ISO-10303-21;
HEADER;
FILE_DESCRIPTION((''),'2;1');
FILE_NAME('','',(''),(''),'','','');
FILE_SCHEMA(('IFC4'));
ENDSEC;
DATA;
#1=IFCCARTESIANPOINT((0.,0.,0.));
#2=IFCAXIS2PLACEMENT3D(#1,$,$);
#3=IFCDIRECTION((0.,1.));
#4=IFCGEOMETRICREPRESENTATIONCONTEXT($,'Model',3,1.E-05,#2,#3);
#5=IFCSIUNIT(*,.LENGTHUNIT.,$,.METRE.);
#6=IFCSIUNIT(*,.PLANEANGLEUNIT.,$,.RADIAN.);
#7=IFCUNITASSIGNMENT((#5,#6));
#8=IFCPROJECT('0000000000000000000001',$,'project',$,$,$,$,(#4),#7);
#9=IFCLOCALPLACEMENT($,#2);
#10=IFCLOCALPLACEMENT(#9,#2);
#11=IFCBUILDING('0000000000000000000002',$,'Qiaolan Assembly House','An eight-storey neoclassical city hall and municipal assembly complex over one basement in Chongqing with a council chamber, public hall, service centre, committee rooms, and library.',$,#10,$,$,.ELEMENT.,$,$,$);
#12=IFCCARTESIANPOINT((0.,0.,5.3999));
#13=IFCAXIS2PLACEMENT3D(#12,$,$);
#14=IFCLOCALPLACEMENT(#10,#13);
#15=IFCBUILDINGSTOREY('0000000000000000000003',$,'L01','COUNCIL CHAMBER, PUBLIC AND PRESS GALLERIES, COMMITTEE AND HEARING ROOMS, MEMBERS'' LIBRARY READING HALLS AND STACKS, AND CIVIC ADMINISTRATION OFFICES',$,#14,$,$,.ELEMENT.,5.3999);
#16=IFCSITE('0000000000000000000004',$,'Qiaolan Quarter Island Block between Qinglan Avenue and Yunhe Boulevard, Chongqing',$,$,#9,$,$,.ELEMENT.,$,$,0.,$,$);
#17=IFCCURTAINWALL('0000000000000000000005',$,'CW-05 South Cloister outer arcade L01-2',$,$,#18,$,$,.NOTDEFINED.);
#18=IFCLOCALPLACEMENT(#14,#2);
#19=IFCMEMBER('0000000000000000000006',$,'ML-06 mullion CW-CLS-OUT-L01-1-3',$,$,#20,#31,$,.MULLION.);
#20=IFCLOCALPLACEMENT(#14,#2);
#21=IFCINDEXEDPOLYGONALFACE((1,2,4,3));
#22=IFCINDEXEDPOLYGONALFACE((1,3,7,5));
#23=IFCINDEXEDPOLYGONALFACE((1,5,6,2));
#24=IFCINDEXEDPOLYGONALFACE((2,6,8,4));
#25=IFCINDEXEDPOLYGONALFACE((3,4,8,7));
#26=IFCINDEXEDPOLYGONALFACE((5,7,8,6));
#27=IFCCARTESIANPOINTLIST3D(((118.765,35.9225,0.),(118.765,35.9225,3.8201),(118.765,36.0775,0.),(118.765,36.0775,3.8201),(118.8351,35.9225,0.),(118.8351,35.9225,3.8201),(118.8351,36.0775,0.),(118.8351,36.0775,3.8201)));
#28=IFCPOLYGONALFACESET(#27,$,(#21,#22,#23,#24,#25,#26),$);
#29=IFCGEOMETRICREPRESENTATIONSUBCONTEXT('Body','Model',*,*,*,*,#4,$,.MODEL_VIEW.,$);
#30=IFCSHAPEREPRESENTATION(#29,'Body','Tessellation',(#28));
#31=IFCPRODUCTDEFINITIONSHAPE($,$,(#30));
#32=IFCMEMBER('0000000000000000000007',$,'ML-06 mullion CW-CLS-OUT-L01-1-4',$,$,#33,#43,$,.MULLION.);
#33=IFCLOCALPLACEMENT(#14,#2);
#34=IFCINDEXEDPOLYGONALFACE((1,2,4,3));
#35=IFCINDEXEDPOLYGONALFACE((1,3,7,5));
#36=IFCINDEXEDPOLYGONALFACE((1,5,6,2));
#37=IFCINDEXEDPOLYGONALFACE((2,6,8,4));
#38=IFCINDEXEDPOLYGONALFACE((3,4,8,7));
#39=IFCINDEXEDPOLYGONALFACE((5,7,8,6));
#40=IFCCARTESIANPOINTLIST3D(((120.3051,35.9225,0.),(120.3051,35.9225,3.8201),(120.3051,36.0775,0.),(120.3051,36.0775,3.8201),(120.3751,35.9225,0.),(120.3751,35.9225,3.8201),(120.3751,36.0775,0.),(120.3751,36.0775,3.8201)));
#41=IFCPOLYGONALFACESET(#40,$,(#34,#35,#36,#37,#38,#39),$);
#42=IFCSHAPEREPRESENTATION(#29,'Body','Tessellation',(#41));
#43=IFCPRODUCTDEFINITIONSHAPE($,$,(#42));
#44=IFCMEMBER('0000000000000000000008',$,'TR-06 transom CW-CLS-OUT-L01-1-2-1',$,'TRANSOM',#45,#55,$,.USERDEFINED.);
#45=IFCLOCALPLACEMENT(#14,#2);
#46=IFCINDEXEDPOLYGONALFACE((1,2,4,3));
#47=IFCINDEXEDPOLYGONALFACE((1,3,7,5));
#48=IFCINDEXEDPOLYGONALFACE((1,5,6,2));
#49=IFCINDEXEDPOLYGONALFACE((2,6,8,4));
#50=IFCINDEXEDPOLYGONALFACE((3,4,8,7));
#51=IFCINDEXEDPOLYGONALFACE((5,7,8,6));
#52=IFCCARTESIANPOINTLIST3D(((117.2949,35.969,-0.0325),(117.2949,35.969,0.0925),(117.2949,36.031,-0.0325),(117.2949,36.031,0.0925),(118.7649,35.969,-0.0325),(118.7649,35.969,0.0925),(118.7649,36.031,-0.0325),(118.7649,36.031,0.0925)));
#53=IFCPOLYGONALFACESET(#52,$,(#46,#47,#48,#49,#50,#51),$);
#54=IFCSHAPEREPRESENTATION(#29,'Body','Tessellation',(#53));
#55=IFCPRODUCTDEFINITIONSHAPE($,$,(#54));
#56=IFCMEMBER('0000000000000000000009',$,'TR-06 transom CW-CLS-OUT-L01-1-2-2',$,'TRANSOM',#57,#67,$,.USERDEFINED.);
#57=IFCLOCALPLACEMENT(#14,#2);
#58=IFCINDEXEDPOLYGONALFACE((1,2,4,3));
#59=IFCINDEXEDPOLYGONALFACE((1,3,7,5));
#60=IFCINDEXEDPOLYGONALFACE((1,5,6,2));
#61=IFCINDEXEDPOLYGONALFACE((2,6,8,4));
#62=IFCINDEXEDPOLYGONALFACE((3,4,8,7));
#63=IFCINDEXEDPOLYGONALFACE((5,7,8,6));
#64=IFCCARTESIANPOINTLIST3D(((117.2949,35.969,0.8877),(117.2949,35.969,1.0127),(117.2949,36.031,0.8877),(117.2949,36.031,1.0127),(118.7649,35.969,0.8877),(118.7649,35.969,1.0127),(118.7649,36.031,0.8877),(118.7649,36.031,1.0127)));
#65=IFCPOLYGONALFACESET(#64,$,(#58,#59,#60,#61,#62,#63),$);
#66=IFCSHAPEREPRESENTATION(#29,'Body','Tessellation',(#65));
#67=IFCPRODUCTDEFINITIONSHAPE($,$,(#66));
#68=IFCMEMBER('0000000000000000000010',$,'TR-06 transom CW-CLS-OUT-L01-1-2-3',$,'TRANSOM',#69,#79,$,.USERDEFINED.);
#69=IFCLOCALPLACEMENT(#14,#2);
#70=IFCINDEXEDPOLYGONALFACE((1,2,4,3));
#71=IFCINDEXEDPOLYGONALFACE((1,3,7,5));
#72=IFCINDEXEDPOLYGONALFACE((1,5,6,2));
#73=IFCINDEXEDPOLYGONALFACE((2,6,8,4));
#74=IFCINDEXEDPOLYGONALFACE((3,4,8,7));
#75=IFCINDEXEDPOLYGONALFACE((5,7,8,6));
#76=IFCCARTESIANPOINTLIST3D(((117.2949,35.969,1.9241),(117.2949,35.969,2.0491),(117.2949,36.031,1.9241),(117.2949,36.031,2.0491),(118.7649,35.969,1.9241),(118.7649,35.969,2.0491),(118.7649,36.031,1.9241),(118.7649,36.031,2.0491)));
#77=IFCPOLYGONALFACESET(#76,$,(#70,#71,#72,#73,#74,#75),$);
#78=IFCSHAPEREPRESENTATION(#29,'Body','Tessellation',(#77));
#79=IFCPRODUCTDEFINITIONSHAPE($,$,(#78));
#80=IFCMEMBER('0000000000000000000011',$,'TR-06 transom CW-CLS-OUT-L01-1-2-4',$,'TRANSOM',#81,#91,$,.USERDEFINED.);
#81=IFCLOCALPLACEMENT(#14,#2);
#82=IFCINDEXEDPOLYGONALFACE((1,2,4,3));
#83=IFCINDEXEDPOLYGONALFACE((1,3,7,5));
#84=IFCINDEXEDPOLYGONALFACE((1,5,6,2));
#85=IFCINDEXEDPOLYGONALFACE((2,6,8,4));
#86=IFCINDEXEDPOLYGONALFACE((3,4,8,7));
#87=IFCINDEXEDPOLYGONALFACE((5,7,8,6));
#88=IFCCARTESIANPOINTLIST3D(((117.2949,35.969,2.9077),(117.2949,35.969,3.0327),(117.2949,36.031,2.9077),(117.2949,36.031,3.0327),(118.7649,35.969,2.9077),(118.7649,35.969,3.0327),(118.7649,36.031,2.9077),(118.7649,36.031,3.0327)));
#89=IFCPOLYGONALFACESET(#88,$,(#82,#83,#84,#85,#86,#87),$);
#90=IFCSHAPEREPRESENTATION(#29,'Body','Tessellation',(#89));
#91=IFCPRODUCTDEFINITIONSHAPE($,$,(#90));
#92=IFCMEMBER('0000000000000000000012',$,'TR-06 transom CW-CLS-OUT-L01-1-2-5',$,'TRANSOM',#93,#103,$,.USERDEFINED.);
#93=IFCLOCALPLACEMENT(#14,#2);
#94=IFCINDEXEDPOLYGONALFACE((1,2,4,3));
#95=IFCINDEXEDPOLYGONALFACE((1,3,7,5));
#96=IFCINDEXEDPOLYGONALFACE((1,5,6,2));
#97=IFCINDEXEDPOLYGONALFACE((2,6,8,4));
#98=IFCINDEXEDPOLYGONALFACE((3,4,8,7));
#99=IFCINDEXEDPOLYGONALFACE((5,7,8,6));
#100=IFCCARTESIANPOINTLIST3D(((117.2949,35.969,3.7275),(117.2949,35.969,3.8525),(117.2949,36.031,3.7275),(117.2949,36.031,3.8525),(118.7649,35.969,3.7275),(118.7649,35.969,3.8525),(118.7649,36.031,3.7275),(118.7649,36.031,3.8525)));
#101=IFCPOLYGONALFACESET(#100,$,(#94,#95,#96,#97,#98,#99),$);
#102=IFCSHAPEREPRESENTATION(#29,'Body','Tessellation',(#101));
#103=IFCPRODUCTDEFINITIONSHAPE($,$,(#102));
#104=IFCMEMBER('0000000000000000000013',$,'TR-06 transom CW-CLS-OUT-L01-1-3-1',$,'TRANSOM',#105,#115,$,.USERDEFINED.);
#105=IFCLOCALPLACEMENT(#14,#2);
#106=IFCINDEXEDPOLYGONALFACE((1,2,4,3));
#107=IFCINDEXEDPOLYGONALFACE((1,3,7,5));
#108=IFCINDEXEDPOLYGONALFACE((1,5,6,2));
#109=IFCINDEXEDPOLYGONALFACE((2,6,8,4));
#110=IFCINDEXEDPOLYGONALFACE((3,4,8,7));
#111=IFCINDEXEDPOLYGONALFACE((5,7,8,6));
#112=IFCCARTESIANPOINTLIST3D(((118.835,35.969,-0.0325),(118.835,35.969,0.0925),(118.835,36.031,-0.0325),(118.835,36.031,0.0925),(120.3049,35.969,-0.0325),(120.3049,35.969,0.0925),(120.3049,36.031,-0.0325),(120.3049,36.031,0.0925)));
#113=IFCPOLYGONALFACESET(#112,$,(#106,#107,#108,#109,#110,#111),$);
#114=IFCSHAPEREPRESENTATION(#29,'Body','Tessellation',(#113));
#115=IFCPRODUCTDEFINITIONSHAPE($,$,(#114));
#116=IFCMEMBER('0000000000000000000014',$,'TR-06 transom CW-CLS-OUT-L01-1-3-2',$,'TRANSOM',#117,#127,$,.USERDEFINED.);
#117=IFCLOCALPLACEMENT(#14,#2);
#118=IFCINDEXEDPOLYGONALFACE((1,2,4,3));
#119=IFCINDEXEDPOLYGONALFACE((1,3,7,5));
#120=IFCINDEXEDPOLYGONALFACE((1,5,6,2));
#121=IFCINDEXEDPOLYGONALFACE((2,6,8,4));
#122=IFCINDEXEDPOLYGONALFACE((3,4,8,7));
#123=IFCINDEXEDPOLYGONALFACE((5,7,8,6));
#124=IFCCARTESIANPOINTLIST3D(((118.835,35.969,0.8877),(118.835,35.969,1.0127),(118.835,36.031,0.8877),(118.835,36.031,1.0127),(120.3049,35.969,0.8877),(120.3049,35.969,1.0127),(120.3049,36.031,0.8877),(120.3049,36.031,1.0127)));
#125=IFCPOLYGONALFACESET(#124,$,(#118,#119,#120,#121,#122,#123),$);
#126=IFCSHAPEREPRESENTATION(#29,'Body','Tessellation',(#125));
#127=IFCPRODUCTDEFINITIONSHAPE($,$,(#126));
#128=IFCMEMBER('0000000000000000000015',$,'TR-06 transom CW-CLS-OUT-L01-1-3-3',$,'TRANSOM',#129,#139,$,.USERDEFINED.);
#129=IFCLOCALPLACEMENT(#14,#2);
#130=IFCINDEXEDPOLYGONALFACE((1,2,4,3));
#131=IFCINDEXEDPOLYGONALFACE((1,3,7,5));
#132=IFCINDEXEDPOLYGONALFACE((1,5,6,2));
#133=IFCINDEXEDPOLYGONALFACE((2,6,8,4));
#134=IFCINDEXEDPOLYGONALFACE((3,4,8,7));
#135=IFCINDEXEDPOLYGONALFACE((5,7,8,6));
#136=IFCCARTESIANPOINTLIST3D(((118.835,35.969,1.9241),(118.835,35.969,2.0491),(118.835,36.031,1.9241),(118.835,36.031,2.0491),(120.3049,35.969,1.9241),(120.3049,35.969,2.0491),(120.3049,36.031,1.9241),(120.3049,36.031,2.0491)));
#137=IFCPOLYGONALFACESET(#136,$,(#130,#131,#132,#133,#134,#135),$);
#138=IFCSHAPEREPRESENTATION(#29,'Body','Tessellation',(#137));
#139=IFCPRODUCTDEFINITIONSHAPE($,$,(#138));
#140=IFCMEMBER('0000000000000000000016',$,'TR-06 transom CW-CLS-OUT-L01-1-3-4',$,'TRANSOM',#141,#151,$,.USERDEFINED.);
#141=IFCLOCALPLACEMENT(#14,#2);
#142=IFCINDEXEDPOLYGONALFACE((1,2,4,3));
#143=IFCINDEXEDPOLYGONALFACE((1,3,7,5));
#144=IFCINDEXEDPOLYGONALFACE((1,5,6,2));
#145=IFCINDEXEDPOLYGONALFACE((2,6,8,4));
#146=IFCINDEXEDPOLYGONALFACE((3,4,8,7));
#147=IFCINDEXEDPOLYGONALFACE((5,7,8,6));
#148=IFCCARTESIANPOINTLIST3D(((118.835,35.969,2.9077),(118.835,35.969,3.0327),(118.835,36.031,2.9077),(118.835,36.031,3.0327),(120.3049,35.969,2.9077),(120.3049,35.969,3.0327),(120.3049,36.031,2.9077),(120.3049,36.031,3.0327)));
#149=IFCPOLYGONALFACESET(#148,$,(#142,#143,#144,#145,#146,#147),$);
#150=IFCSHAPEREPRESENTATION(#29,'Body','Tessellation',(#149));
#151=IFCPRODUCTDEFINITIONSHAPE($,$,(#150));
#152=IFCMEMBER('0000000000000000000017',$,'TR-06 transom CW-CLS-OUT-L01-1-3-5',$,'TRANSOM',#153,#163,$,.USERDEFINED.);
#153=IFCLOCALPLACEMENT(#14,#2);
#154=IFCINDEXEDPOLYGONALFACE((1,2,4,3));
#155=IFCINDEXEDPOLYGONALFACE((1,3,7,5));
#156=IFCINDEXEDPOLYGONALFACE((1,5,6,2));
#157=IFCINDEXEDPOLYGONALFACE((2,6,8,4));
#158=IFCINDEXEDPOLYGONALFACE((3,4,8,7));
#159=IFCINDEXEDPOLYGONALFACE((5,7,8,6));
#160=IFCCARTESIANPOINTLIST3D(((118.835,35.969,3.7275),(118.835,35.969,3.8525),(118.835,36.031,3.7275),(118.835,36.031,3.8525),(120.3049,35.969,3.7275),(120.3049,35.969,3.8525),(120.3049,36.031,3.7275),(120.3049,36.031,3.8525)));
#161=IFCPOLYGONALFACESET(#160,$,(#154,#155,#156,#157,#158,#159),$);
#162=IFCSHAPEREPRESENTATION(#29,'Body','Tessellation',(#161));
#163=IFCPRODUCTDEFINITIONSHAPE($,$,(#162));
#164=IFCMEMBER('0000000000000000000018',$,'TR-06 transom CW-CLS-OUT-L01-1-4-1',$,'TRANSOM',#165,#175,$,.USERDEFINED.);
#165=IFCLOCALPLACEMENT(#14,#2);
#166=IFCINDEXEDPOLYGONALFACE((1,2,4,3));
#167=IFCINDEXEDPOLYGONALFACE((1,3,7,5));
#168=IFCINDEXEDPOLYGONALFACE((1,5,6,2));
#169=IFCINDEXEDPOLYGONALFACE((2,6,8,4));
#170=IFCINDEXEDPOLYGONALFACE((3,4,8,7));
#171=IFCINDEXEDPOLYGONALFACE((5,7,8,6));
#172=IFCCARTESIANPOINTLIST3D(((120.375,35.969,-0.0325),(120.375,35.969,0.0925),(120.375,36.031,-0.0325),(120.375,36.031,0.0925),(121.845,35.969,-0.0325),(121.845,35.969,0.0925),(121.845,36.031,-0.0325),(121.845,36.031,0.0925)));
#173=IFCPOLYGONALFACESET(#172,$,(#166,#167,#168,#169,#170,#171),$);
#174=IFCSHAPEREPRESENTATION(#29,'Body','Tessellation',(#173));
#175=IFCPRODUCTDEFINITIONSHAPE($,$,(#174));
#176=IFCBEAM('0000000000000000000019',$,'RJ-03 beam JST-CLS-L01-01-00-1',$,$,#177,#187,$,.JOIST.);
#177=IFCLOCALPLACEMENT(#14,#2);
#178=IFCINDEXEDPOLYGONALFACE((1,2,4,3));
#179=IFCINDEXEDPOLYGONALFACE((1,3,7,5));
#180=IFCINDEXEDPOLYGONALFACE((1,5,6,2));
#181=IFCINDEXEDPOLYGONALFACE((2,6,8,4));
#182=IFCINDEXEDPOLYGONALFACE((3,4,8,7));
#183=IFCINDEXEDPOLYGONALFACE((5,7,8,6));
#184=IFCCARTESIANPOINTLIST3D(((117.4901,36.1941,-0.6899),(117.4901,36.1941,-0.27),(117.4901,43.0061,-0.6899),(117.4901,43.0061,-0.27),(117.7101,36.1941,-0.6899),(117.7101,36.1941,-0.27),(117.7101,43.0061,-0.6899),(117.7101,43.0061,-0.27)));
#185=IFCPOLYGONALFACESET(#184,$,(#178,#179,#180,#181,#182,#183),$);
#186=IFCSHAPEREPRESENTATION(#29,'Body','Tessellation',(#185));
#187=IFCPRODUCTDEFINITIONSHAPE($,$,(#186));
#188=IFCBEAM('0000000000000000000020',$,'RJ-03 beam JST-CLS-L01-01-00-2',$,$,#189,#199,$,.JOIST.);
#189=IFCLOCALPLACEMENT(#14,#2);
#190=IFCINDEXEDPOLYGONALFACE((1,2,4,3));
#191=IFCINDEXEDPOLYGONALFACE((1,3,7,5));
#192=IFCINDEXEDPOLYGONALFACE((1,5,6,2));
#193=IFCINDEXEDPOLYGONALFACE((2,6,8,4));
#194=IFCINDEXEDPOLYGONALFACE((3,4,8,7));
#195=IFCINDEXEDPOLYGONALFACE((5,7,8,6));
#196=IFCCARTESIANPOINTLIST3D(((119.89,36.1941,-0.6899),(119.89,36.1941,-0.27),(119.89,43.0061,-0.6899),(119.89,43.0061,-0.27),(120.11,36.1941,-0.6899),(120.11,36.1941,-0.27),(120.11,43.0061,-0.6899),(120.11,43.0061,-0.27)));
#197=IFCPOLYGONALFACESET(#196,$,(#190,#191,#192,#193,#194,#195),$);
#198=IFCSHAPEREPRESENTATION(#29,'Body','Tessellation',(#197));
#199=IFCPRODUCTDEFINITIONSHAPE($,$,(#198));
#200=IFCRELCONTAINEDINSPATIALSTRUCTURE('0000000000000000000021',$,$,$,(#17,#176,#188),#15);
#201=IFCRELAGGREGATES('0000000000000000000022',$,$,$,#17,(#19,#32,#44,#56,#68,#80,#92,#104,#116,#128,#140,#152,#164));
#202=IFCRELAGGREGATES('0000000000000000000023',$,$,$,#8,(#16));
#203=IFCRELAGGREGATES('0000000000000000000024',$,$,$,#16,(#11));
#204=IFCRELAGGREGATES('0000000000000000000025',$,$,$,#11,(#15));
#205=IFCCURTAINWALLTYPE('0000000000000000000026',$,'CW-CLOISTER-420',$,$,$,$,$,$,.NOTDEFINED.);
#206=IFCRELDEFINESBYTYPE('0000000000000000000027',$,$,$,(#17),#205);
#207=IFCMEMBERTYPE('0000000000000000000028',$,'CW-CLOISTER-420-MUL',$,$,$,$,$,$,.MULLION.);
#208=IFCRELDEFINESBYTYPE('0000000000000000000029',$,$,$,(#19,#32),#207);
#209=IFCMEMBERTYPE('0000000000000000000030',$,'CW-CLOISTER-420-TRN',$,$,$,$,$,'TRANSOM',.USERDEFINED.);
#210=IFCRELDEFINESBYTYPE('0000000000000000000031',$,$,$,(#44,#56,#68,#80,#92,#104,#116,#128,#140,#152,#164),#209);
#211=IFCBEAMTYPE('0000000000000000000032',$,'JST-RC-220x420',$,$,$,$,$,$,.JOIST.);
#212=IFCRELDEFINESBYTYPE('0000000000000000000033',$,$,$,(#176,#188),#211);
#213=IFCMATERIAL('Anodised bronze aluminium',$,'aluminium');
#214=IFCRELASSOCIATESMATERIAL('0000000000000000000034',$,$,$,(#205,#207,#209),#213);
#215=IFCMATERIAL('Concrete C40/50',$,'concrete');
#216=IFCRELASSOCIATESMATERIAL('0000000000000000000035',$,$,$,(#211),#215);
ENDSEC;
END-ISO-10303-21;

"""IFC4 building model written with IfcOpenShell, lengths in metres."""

from ifc_helpers import new_model, si_unit, direction, frame, origin, origin_2d, place, context, subcontext, project, spatial, rectangle, extrude, material, material_profile, profile_set, type_object, element, aggregate, save


model = new_model("IFC4")

# Units and contexts
model_context = context("Model", 3, precision=1e-05, world=origin(), true_north=direction((0.0, 1.0)))
body_context = subcontext(model_context, "Body", "Model", "MODEL_VIEW")
ifc_project = project(units=[si_unit("LENGTHUNIT", "METRE"), si_unit("PLANEANGLEUNIT", "RADIAN")], contexts=[model_context])

# Site, building, storey
site_placement = place(None, origin())
site = spatial("IfcSite", under=ifc_project, at=site_placement, Name="Qiaolan Quarter Island Block between Qinglan Avenue and Yunhe Boulevard, Chongqing", CompositionType="ELEMENT", RefElevation=0.0)
building_placement = place(site_placement, origin())
building = spatial("IfcBuilding", under=site, at=building_placement, Name="Qiaolan Assembly House", Description="An eight-storey neoclassical city hall and municipal assembly complex over one basement in Chongqing with a council chamber, public hall, service centre, committee rooms, and library.", CompositionType="ELEMENT")
storey_placement = place(building_placement, frame((0.0, 0.0, 5.3999)))
storey = spatial("IfcBuildingStorey", under=building, at=storey_placement, Name="L01", Description="COUNCIL CHAMBER, PUBLIC AND PRESS GALLERIES, COMMITTEE AND HEARING ROOMS, MEMBERS' LIBRARY READING HALLS AND STACKS, AND CIVIC ADMINISTRATION OFFICES", CompositionType="ELEMENT", Elevation=5.3999)

# Curtain wall, members
ifc_material_1 = material(Name="Anodised bronze aluminium", Category="aluminium")
curtain_wall_type = type_object("IfcCurtainWallType", Name="CW-CLOISTER-420", PredefinedType="NOTDEFINED", material=ifc_material_1)
curtain_wall_placement = place(storey_placement, origin())
curtain_wall = element("IfcCurtainWall", 1, at=curtain_wall_placement, inside=storey, type_object=curtain_wall_type, Name="CW-05 South Cloister outer arcade L01-2", PredefinedType="NOTDEFINED")
ifc_material_profile_1 = material_profile(ifc_material_1, rectangle(XDim=0.0701, YDim=0.155, at=origin_2d()), Name="MUL 70x155")
ifc_profile_set_1 = profile_set([ifc_material_profile_1], Name="Anodised bronze aluminium")
member_type_1 = type_object("IfcMemberType", Name="CW-CLOISTER-420-MUL", PredefinedType="MULLION", material=ifc_profile_set_1)
member_1_placement = place(storey_placement, frame((118.8, 36.0, 0.0), z_axis=(0.0, 0.0, 1.0), x_axis=(1.0, 0.0, 0.0)))
member_1 = element("IfcMember", 2, at=member_1_placement, type_object=member_type_1, Name="ML-06 mullion CW-CLS-OUT-L01-1-3", PredefinedType="MULLION", context=body_context, shape_type="SweptSolid", body=[
    extrude(rectangle(XDim=0.0701, YDim=0.155, at=origin_2d()), origin(), (0.0, 0.0, 1.0), 3.8201),
])
member_2_placement = place(storey_placement, frame((120.3401, 36.0, 0.0), z_axis=(0.0, 0.0, 1.0), x_axis=(1.0, 0.0, 0.0)))
member_2 = element("IfcMember", 3, at=member_2_placement, type_object=member_type_1, Name="ML-06 mullion CW-CLS-OUT-L01-1-4", PredefinedType="MULLION", context=body_context, shape_type="SweptSolid", body=[
    extrude(rectangle(XDim=0.0701, YDim=0.155, at=origin_2d()), origin(), (0.0, 0.0, 1.0), 3.8201),
])
ifc_material_profile_2 = material_profile(ifc_material_1, rectangle(XDim=0.062, YDim=0.125, at=origin_2d()), Name="TRN 62x125")
ifc_profile_set_2 = profile_set([ifc_material_profile_2], Name="Anodised bronze aluminium")
member_type_2 = type_object("IfcMemberType", Name="CW-CLOISTER-420-TRN", ElementType="TRANSOM", PredefinedType="USERDEFINED", material=ifc_profile_set_2)
member_3_placement = place(storey_placement, frame((117.2949, 36.0, 0.03), z_axis=(1.0, 0.0, 0.0), x_axis=(0.0, 1.0, 0.0)))
member_3 = element("IfcMember", 4, at=member_3_placement, type_object=member_type_2, Name="TR-06 transom CW-CLS-OUT-L01-1-2-1", ObjectType="TRANSOM", PredefinedType="USERDEFINED", context=body_context, shape_type="SweptSolid", body=[
    extrude(rectangle(XDim=0.062, YDim=0.125, at=origin_2d()), origin(), (0.0, 0.0, 1.0), 1.47),
])
member_4_placement = place(storey_placement, frame((117.2949, 36.0, 0.9502), z_axis=(1.0, 0.0, 0.0), x_axis=(0.0, 1.0, 0.0)))
member_4 = element("IfcMember", 5, at=member_4_placement, type_object=member_type_2, Name="TR-06 transom CW-CLS-OUT-L01-1-2-2", ObjectType="TRANSOM", PredefinedType="USERDEFINED", context=body_context, shape_type="SweptSolid", body=[
    extrude(rectangle(XDim=0.062, YDim=0.125, at=origin_2d()), origin(), (0.0, 0.0, 1.0), 1.47),
])
member_5_placement = place(storey_placement, frame((117.2949, 36.0, 1.9866), z_axis=(1.0, 0.0, 0.0), x_axis=(0.0, 1.0, 0.0)))
member_5 = element("IfcMember", 6, at=member_5_placement, type_object=member_type_2, Name="TR-06 transom CW-CLS-OUT-L01-1-2-3", ObjectType="TRANSOM", PredefinedType="USERDEFINED", context=body_context, shape_type="SweptSolid", body=[
    extrude(rectangle(XDim=0.062, YDim=0.125, at=origin_2d()), origin(), (0.0, 0.0, 1.0), 1.47),
])
member_6_placement = place(storey_placement, frame((117.2949, 36.0, 2.9702), z_axis=(1.0, 0.0, 0.0), x_axis=(0.0, 1.0, 0.0)))
member_6 = element("IfcMember", 7, at=member_6_placement, type_object=member_type_2, Name="TR-06 transom CW-CLS-OUT-L01-1-2-4", ObjectType="TRANSOM", PredefinedType="USERDEFINED", context=body_context, shape_type="SweptSolid", body=[
    extrude(rectangle(XDim=0.062, YDim=0.125, at=origin_2d()), origin(), (0.0, 0.0, 1.0), 1.47),
])
member_7_placement = place(storey_placement, frame((117.2949, 36.0, 3.79), z_axis=(1.0, 0.0, 0.0), x_axis=(0.0, 1.0, 0.0)))
member_7 = element("IfcMember", 8, at=member_7_placement, type_object=member_type_2, Name="TR-06 transom CW-CLS-OUT-L01-1-2-5", ObjectType="TRANSOM", PredefinedType="USERDEFINED", context=body_context, shape_type="SweptSolid", body=[
    extrude(rectangle(XDim=0.062, YDim=0.125, at=origin_2d()), origin(), (0.0, 0.0, 1.0), 1.47),
])
member_8_placement = place(storey_placement, frame((118.835, 36.0, 0.03), z_axis=(1.0, 0.0, 0.0), x_axis=(0.0, 1.0, 0.0)))
member_8 = element("IfcMember", 9, at=member_8_placement, type_object=member_type_2, Name="TR-06 transom CW-CLS-OUT-L01-1-3-1", ObjectType="TRANSOM", PredefinedType="USERDEFINED", context=body_context, shape_type="SweptSolid", body=[
    extrude(rectangle(XDim=0.062, YDim=0.125, at=origin_2d()), origin(), (0.0, 0.0, 1.0), 1.47),
])
member_9_placement = place(storey_placement, frame((118.835, 36.0, 0.9502), z_axis=(1.0, 0.0, 0.0), x_axis=(0.0, 1.0, 0.0)))
member_9 = element("IfcMember", 10, at=member_9_placement, type_object=member_type_2, Name="TR-06 transom CW-CLS-OUT-L01-1-3-2", ObjectType="TRANSOM", PredefinedType="USERDEFINED", context=body_context, shape_type="SweptSolid", body=[
    extrude(rectangle(XDim=0.062, YDim=0.125, at=origin_2d()), origin(), (0.0, 0.0, 1.0), 1.47),
])
member_10_placement = place(storey_placement, frame((118.835, 36.0, 1.9866), z_axis=(1.0, 0.0, 0.0), x_axis=(0.0, 1.0, 0.0)))
member_10 = element("IfcMember", 11, at=member_10_placement, type_object=member_type_2, Name="TR-06 transom CW-CLS-OUT-L01-1-3-3", ObjectType="TRANSOM", PredefinedType="USERDEFINED", context=body_context, shape_type="SweptSolid", body=[
    extrude(rectangle(XDim=0.062, YDim=0.125, at=origin_2d()), origin(), (0.0, 0.0, 1.0), 1.47),
])
member_11_placement = place(storey_placement, frame((118.835, 36.0, 2.9702), z_axis=(1.0, 0.0, 0.0), x_axis=(0.0, 1.0, 0.0)))
member_11 = element("IfcMember", 12, at=member_11_placement, type_object=member_type_2, Name="TR-06 transom CW-CLS-OUT-L01-1-3-4", ObjectType="TRANSOM", PredefinedType="USERDEFINED", context=body_context, shape_type="SweptSolid", body=[
    extrude(rectangle(XDim=0.062, YDim=0.125, at=origin_2d()), origin(), (0.0, 0.0, 1.0), 1.47),
])
member_12_placement = place(storey_placement, frame((118.835, 36.0, 3.79), z_axis=(1.0, 0.0, 0.0), x_axis=(0.0, 1.0, 0.0)))
member_12 = element("IfcMember", 13, at=member_12_placement, type_object=member_type_2, Name="TR-06 transom CW-CLS-OUT-L01-1-3-5", ObjectType="TRANSOM", PredefinedType="USERDEFINED", context=body_context, shape_type="SweptSolid", body=[
    extrude(rectangle(XDim=0.062, YDim=0.125, at=origin_2d()), origin(), (0.0, 0.0, 1.0), 1.47),
])
member_13_placement = place(storey_placement, frame((120.375, 36.0, 0.03), z_axis=(1.0, 0.0, 0.0), x_axis=(0.0, 1.0, 0.0)))
member_13 = element("IfcMember", 14, at=member_13_placement, type_object=member_type_2, Name="TR-06 transom CW-CLS-OUT-L01-1-4-1", ObjectType="TRANSOM", PredefinedType="USERDEFINED", context=body_context, shape_type="SweptSolid", body=[
    extrude(rectangle(XDim=0.062, YDim=0.125, at=origin_2d()), origin(), (0.0, 0.0, 1.0), 1.47),
])

# Beams
ifc_material_2 = material(Name="Concrete C40/50", Category="concrete")
ifc_material_profile_3 = material_profile(ifc_material_2, rectangle(XDim=0.22, YDim=0.4199, at=origin_2d()), Name="RCB 220x420")
ifc_profile_set_3 = profile_set([ifc_material_profile_3], Name="Concrete C40/50")
beam_type = type_object("IfcBeamType", Name="JST-RC-220x420", PredefinedType="JOIST", material=ifc_profile_set_3)
for number, where, z_axis, x_axis, name in (
    (15, (117.6001, 36.1941, -0.48), (0.0, 1.0, 0.0), (-1.0, 0.0, 0.0), "RJ-03 beam JST-CLS-L01-01-00-1"),
    (16, (120.0, 36.1941, -0.48), (0.0, 1.0, 0.0), (-1.0, 0.0, 0.0), "RJ-03 beam JST-CLS-L01-01-00-2"),
):
    element("IfcBeam", number, at=place(storey_placement, frame(where, z_axis=z_axis, x_axis=x_axis)), inside=storey, type_object=beam_type, Name=name, PredefinedType="JOIST", context=body_context, shape_type="SweptSolid", body=[
        extrude(rectangle(XDim=0.22, YDim=0.4199, at=origin_2d()), origin(), (0.0, 0.0, 1.0), 6.812),
    ])

aggregate(curtain_wall, [member_1, member_2, member_3, member_4, member_5, member_6, member_7, member_8, member_9, member_10, member_11, member_12, member_13])

save(model, "model.ifc")
